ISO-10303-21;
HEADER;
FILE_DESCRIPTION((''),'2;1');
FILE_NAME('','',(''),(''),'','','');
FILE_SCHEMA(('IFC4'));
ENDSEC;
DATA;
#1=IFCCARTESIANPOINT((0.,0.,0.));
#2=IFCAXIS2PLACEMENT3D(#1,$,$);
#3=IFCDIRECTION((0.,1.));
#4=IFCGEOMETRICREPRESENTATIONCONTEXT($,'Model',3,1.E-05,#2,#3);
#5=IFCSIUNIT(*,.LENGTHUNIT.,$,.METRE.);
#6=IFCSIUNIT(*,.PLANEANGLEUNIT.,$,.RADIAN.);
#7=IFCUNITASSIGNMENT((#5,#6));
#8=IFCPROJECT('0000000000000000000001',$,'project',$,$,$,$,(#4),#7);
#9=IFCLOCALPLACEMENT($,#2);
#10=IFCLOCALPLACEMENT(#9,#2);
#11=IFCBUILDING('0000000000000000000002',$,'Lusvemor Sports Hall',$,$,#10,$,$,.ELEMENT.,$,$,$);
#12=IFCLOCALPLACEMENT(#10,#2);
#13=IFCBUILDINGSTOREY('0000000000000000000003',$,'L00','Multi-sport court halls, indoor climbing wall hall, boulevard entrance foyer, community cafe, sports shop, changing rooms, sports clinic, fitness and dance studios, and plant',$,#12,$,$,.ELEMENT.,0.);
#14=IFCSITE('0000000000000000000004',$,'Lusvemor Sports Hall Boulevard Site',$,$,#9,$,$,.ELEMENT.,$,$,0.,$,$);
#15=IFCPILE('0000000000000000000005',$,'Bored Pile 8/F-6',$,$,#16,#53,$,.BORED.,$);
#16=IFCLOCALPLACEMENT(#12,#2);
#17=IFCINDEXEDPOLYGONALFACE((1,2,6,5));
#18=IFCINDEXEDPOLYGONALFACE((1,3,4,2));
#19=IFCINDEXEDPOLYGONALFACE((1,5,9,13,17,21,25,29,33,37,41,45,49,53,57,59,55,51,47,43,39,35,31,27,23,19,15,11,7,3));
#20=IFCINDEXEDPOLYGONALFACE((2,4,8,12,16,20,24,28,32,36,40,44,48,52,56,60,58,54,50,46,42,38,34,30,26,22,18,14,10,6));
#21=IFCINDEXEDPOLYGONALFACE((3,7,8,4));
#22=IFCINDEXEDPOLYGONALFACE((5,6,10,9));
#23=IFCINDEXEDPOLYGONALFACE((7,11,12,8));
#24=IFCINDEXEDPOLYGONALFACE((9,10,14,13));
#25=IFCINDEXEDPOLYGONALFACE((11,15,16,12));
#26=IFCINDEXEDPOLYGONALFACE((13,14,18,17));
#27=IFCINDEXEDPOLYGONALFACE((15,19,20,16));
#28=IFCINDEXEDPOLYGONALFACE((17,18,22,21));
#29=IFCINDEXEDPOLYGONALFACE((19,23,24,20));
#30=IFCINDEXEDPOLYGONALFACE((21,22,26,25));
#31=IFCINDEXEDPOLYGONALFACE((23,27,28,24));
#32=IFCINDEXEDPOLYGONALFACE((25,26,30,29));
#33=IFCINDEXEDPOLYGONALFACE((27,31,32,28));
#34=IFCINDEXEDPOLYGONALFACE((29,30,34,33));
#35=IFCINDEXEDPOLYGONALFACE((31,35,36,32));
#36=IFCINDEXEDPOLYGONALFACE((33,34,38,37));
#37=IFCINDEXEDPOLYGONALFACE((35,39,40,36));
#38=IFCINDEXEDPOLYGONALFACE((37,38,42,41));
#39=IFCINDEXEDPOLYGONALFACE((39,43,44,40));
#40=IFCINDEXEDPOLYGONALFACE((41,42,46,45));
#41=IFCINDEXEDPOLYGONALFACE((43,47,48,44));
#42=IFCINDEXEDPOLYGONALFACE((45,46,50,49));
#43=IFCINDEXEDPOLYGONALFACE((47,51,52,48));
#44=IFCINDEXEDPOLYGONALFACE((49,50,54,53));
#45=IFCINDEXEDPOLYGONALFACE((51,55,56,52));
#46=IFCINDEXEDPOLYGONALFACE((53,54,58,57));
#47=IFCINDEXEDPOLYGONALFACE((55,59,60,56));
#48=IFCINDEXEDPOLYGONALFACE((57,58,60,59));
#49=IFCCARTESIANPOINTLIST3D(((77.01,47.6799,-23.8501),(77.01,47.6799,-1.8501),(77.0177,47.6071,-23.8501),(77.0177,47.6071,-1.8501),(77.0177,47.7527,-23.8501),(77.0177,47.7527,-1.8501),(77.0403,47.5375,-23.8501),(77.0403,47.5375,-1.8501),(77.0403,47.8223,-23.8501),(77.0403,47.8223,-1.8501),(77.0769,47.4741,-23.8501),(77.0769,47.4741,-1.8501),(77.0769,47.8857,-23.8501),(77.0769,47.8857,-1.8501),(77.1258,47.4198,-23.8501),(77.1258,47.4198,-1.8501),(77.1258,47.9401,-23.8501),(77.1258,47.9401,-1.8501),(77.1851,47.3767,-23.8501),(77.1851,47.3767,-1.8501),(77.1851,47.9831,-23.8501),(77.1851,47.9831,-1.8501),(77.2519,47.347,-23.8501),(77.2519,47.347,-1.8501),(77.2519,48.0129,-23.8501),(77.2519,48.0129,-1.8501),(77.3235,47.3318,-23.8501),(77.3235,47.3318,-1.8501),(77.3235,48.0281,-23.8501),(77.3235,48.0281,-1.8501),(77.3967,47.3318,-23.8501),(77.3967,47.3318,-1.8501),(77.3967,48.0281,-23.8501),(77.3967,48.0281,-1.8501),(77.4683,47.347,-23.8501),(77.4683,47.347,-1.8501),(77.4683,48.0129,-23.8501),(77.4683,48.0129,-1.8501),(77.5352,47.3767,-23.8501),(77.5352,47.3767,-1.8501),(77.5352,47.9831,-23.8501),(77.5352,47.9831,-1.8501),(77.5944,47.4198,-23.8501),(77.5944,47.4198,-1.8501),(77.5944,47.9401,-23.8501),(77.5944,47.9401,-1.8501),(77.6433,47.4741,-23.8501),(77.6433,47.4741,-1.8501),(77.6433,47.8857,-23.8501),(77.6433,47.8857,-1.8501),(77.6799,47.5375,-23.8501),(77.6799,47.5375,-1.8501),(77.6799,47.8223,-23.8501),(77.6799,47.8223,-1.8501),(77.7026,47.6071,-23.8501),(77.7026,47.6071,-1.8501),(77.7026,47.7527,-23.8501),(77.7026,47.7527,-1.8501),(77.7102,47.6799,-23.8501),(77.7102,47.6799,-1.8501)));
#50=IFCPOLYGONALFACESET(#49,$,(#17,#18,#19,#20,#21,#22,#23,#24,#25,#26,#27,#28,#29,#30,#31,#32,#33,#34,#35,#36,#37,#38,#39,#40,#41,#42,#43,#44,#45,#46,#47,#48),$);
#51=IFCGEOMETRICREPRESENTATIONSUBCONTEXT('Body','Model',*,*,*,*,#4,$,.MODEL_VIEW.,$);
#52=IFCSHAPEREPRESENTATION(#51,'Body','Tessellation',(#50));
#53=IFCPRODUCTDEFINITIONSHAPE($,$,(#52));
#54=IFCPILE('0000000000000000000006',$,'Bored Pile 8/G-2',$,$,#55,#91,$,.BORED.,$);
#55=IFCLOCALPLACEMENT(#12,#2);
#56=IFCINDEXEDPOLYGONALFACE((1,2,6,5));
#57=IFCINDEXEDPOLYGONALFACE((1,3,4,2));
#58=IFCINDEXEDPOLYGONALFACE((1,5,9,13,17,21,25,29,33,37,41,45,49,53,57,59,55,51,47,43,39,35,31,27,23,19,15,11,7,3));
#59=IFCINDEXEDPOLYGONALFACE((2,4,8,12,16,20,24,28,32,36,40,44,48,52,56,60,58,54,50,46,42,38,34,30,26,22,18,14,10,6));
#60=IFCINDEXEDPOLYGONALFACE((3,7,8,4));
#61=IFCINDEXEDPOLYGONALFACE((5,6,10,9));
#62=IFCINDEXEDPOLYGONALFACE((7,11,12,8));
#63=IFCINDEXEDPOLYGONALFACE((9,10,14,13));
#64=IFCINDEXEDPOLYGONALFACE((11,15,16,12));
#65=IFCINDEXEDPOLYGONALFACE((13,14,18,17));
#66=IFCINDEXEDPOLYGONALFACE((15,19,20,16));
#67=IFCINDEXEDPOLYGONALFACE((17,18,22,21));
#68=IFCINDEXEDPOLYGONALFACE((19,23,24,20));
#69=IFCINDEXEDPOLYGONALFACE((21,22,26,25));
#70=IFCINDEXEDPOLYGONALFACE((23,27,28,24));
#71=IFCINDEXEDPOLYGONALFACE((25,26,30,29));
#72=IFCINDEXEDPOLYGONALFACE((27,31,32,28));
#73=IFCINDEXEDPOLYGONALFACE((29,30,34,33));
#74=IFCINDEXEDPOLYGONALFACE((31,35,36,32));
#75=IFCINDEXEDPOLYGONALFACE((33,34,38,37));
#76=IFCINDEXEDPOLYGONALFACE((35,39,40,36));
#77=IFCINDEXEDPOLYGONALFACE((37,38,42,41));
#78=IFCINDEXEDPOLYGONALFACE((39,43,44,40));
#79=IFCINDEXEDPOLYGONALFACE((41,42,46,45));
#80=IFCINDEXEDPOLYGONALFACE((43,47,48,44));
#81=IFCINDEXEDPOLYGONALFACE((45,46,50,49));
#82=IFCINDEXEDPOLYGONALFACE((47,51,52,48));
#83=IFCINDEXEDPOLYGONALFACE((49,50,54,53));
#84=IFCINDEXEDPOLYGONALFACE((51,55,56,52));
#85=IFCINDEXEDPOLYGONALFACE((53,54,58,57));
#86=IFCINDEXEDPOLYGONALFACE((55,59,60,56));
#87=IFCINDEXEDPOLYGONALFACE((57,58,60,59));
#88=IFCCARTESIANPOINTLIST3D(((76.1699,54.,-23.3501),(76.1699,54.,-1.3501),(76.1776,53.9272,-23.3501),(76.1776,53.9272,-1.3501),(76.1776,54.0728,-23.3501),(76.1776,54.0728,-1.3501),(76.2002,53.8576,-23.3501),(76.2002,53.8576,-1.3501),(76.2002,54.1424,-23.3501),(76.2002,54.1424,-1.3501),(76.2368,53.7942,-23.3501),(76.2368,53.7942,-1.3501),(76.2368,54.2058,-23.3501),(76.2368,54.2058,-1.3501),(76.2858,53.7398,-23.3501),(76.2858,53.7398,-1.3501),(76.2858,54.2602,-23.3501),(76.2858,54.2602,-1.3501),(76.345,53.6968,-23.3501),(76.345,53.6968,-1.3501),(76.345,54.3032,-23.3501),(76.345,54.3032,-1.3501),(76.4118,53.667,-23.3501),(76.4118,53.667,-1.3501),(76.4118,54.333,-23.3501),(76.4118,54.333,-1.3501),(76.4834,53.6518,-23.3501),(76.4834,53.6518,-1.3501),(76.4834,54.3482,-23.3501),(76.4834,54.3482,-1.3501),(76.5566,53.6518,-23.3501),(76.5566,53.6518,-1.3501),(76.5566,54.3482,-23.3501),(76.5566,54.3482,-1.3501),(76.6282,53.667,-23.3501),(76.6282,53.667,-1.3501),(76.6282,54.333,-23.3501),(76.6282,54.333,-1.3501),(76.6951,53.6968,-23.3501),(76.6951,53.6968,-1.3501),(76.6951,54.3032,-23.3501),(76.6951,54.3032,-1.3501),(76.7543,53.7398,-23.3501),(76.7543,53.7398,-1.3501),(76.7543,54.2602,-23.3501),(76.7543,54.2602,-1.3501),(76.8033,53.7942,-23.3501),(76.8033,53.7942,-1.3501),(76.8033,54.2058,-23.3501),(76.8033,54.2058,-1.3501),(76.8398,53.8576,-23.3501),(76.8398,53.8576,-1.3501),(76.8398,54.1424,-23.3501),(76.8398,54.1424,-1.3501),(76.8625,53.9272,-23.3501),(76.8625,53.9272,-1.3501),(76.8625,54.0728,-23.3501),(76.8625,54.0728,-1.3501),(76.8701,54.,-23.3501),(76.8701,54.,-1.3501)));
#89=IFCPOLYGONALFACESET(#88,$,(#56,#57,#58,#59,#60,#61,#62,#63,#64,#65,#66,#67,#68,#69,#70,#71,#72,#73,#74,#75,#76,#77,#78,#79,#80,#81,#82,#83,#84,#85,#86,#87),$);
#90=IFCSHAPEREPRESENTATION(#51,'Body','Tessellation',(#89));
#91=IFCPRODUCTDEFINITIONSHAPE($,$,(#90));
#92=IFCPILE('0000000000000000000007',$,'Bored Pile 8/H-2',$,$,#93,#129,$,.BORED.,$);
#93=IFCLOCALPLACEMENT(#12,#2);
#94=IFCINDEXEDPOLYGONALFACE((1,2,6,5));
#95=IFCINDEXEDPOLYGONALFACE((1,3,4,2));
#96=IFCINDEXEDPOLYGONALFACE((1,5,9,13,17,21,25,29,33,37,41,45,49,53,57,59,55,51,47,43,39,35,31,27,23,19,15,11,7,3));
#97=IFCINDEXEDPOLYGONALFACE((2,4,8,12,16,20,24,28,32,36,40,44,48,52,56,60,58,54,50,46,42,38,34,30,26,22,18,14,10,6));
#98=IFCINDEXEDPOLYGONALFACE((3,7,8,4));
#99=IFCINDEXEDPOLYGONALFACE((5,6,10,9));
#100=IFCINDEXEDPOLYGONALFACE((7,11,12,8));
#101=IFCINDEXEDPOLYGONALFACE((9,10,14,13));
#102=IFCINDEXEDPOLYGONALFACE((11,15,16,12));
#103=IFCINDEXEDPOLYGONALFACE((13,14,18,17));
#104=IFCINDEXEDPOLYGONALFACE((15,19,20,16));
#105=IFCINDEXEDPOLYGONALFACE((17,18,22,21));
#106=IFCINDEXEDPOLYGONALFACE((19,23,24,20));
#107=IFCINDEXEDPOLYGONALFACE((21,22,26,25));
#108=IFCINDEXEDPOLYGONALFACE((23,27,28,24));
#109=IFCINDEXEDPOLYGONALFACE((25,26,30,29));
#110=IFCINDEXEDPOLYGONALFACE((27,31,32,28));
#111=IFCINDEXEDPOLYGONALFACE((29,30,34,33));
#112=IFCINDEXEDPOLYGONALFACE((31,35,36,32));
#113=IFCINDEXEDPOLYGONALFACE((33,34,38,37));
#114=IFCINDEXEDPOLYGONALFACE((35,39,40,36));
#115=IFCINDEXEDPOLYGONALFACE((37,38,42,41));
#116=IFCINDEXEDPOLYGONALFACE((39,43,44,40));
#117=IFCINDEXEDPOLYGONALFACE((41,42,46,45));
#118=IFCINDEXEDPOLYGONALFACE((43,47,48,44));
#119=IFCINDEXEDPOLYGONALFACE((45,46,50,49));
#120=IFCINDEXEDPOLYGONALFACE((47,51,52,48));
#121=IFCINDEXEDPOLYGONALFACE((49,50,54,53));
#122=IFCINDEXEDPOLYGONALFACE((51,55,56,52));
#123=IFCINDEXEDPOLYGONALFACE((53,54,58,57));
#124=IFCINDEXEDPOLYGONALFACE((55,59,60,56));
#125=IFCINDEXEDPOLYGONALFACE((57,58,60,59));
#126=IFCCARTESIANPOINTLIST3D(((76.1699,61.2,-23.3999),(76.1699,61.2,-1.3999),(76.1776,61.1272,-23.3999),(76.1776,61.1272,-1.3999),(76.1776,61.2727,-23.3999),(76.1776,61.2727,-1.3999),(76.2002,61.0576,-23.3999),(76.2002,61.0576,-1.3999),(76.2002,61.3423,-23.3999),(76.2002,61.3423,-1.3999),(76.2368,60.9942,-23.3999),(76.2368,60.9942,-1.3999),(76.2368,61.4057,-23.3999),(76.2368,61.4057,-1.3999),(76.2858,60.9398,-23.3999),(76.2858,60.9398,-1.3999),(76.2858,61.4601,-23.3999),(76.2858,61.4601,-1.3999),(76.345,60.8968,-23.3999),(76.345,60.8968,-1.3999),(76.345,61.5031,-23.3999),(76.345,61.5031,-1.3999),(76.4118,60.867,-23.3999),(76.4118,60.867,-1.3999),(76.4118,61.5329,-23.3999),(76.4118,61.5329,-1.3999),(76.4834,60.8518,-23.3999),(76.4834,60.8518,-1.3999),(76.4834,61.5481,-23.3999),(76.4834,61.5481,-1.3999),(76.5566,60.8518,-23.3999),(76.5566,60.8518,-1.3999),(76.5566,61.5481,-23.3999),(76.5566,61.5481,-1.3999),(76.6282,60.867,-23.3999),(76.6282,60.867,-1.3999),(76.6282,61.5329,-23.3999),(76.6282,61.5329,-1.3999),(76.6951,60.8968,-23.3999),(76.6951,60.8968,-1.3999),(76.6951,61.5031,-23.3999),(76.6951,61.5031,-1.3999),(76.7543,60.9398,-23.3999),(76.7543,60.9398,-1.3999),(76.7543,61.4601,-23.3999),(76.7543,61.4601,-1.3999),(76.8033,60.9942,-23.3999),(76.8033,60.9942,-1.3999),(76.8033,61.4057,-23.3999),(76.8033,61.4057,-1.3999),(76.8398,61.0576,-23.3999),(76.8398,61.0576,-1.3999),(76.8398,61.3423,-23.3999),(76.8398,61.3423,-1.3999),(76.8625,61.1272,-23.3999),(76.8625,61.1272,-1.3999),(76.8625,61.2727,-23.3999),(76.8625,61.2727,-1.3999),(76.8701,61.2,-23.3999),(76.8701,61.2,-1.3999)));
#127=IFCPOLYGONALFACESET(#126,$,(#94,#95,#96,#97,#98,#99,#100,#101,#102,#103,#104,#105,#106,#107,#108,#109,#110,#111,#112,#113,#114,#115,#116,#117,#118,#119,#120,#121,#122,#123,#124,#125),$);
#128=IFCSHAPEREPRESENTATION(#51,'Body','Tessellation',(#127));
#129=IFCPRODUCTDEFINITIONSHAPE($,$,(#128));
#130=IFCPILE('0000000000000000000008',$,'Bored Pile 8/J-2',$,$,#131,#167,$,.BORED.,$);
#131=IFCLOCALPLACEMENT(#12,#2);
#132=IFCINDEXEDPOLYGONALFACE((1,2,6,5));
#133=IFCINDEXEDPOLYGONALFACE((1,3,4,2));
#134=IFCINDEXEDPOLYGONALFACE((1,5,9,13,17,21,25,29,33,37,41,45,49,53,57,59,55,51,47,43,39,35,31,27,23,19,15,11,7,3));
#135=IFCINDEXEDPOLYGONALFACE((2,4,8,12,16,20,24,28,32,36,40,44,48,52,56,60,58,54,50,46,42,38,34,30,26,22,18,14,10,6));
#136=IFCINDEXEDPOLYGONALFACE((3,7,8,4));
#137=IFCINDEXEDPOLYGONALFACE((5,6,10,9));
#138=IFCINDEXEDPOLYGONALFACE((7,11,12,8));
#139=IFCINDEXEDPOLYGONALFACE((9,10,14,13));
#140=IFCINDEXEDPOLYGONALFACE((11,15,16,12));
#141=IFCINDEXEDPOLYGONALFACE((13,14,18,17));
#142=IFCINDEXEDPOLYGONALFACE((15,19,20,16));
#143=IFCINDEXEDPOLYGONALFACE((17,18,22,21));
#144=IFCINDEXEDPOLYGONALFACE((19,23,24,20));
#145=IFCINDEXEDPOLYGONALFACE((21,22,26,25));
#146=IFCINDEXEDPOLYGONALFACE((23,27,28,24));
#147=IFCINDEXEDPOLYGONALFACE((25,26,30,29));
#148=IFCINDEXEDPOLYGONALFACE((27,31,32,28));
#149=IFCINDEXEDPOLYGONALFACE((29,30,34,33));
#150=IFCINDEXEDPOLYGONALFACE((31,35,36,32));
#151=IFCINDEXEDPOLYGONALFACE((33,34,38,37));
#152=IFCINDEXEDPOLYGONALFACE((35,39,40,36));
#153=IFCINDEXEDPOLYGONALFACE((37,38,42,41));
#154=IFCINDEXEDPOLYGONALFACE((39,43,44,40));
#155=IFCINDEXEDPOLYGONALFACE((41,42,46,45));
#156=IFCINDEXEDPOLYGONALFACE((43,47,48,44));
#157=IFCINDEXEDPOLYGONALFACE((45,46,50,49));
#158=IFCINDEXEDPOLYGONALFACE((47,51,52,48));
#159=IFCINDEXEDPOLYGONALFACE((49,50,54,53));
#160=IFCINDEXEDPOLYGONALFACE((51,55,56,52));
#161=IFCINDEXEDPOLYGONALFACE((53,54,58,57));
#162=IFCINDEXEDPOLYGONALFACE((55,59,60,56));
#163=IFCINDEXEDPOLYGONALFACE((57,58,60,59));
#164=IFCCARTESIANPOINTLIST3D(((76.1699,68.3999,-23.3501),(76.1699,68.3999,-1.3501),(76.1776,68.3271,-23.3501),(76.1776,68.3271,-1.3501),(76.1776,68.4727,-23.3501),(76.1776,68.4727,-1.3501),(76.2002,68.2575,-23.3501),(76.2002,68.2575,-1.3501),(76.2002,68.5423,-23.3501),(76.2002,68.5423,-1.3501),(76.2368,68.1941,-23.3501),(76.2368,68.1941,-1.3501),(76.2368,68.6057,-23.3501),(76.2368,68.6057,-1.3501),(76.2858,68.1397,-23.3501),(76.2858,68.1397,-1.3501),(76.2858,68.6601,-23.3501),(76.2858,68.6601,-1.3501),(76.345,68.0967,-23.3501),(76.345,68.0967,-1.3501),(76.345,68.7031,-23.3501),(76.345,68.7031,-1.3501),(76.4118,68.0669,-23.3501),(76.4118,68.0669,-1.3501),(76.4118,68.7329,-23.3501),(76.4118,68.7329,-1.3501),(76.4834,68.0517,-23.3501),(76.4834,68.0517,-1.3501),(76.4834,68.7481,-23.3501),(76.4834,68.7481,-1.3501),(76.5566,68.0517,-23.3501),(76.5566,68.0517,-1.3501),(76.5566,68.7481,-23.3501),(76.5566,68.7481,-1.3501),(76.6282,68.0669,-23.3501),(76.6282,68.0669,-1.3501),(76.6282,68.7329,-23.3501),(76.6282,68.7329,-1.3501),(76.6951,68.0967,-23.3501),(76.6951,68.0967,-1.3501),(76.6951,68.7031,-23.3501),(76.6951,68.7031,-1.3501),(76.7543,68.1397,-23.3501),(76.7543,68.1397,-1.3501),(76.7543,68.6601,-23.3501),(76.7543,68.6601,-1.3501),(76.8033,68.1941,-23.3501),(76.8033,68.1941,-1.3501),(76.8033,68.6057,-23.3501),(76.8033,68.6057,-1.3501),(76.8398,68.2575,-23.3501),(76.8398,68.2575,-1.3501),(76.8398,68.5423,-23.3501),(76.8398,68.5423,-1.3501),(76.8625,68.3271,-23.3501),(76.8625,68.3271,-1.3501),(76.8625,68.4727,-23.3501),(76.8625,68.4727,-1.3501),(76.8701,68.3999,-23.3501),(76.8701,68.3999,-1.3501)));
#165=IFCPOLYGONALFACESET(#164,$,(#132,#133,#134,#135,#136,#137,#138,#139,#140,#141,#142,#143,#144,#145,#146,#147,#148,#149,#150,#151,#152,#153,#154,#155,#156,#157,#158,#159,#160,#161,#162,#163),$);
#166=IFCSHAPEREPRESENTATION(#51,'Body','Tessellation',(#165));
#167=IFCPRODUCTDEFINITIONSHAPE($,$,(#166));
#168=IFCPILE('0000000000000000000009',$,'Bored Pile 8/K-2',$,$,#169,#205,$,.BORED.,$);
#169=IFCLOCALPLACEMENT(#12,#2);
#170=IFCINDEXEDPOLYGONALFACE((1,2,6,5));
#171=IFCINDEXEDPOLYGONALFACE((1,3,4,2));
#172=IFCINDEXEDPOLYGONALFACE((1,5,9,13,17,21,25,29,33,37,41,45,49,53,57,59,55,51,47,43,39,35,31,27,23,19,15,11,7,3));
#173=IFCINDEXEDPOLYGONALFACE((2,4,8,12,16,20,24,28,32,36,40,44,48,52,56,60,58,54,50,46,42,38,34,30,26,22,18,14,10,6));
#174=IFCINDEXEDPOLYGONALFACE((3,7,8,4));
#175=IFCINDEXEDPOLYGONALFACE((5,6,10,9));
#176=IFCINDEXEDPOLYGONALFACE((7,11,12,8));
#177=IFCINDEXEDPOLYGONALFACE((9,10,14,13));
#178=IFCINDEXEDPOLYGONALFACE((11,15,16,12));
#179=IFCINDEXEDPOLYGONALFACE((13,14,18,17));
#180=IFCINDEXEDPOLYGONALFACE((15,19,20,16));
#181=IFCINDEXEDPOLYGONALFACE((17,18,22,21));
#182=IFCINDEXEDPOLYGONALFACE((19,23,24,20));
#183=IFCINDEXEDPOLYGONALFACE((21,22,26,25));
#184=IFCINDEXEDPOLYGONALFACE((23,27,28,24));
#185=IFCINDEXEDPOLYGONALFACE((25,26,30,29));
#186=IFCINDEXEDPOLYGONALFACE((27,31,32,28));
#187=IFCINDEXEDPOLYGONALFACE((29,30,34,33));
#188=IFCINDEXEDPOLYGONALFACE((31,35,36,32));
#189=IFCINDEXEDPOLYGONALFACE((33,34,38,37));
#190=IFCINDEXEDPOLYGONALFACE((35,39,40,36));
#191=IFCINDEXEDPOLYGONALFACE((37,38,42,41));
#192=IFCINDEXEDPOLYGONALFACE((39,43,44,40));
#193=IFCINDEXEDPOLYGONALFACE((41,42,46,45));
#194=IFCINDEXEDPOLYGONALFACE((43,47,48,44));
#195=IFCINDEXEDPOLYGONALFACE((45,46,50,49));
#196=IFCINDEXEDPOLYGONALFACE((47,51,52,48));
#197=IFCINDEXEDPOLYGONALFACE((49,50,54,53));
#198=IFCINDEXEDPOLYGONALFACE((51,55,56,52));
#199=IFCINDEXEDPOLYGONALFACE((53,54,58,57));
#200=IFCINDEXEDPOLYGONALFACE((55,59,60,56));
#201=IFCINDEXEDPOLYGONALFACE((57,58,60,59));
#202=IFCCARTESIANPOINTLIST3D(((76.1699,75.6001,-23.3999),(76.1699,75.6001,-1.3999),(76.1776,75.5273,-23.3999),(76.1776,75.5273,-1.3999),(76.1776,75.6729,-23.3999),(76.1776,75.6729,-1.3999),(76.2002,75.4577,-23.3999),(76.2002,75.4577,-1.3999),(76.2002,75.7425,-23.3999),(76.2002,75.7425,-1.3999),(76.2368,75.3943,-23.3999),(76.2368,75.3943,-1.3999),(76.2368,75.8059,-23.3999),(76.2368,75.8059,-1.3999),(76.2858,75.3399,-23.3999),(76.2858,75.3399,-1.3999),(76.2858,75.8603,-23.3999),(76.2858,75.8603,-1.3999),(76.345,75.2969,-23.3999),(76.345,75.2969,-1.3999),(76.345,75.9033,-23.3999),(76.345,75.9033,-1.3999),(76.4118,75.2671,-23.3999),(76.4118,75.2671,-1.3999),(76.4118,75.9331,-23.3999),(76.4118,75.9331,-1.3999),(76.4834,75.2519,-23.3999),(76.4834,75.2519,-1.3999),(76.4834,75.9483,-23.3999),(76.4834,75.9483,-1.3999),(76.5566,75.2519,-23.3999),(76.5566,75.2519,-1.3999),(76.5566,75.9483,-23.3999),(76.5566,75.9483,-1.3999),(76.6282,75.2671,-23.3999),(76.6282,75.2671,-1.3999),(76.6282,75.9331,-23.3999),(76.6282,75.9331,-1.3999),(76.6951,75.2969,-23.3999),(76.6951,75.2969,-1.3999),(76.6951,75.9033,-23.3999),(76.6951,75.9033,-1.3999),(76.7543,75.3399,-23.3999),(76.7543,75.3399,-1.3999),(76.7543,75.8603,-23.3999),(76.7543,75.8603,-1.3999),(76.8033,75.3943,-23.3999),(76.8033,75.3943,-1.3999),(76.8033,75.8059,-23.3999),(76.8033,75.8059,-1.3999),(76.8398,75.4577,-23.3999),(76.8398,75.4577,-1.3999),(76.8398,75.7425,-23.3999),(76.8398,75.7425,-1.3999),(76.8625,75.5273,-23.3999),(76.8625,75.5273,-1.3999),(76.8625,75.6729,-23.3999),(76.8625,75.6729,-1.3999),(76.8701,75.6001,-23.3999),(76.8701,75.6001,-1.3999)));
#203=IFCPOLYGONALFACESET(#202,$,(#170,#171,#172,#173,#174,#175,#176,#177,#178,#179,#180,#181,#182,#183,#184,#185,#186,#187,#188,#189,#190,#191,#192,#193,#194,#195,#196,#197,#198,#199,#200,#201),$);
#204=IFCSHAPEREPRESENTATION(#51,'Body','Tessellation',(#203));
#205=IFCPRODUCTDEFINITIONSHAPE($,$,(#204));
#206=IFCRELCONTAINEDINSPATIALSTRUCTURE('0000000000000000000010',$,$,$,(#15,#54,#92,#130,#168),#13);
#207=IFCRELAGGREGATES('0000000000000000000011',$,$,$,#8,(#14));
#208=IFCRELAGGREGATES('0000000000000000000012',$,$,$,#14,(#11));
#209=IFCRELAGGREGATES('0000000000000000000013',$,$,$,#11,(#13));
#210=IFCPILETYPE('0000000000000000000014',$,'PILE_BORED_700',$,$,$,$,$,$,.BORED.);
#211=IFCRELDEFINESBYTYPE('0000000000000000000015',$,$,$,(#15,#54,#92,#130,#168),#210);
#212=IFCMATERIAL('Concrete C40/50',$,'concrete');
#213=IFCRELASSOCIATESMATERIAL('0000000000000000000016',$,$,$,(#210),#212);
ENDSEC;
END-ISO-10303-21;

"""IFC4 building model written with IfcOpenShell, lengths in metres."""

from ifc_helpers import new_model, si_unit, direction, frame, origin, origin_2d, place, context, subcontext, project, spatial, circle, extrude, material, material_profile, profile_set, type_object, element, save


model = new_model("IFC4")

# Units and contexts
model_context = context("Model", 3, precision=1e-05, world=origin(), true_north=direction((0.0, 1.0)))
body_context = subcontext(model_context, "Body", "Model", "MODEL_VIEW")
ifc_project = project(units=[si_unit("LENGTHUNIT", "METRE"), si_unit("PLANEANGLEUNIT", "RADIAN")], contexts=[model_context])

# Site, building, storey
site_placement = place(None, origin())
site = spatial("IfcSite", under=ifc_project, at=site_placement, Name="Lusvemor Sports Hall Boulevard Site", CompositionType="ELEMENT", RefElevation=0.0)
building_placement = place(site_placement, origin())
building = spatial("IfcBuilding", under=site, at=building_placement, Name="Lusvemor Sports Hall", CompositionType="ELEMENT")
storey_placement = place(building_placement, origin())
storey = spatial("IfcBuildingStorey", under=building, at=storey_placement, Name="L00", Description="Multi-sport court halls, indoor climbing wall hall, boulevard entrance foyer, community cafe, sports shop, changing rooms, sports clinic, fitness and dance studios, and plant", CompositionType="ELEMENT", Elevation=0.0)

# Piles
ifc_material_1 = material(Name="Concrete C40/50", Category="concrete")
ifc_material_profile_1 = material_profile(ifc_material_1, circle(Radius=0.3501, at=origin_2d()), Name="PILE700")
ifc_profile_set_1 = profile_set([ifc_material_profile_1], Name="Concrete C40/50")
pile_type = type_object("IfcPileType", Name="PILE_BORED_700", PredefinedType="BORED", material=ifc_profile_set_1)
for number, where, z_axis, x_axis, name in (
    (1, (77.3601, 47.6799, -1.8501), (0.0, 0.0, -1.0), (1.0, 0.0, 0.0), "Bored Pile 8/F-6"),
    (2, (76.52, 54.0, -1.3501), (0.0, 0.0, -1.0), (1.0, 0.0, 0.0), "Bored Pile 8/G-2"),
    (3, (76.52, 61.2, -1.3999), (0.0, 0.0, -1.0), (1.0, 0.0, 0.0), "Bored Pile 8/H-2"),
    (4, (76.52, 68.3999, -1.3501), (0.0, 0.0, -1.0), (1.0, 0.0, 0.0), "Bored Pile 8/J-2"),
    (5, (76.52, 75.6001, -1.3999), (0.0, 0.0, -1.0), (1.0, 0.0, 0.0), "Bored Pile 8/K-2"),
):
    element("IfcPile", number, at=place(storey_placement, frame(where, z_axis=z_axis, x_axis=x_axis)), inside=storey, type_object=pile_type, Name=name, PredefinedType="BORED", context=body_context, shape_type="SweptSolid", body=[
        extrude(circle(Radius=0.3501, at=origin_2d()), origin(), (0.0, 0.0, 1.0), 22.0),
    ])

save(model, "model.ifc")
